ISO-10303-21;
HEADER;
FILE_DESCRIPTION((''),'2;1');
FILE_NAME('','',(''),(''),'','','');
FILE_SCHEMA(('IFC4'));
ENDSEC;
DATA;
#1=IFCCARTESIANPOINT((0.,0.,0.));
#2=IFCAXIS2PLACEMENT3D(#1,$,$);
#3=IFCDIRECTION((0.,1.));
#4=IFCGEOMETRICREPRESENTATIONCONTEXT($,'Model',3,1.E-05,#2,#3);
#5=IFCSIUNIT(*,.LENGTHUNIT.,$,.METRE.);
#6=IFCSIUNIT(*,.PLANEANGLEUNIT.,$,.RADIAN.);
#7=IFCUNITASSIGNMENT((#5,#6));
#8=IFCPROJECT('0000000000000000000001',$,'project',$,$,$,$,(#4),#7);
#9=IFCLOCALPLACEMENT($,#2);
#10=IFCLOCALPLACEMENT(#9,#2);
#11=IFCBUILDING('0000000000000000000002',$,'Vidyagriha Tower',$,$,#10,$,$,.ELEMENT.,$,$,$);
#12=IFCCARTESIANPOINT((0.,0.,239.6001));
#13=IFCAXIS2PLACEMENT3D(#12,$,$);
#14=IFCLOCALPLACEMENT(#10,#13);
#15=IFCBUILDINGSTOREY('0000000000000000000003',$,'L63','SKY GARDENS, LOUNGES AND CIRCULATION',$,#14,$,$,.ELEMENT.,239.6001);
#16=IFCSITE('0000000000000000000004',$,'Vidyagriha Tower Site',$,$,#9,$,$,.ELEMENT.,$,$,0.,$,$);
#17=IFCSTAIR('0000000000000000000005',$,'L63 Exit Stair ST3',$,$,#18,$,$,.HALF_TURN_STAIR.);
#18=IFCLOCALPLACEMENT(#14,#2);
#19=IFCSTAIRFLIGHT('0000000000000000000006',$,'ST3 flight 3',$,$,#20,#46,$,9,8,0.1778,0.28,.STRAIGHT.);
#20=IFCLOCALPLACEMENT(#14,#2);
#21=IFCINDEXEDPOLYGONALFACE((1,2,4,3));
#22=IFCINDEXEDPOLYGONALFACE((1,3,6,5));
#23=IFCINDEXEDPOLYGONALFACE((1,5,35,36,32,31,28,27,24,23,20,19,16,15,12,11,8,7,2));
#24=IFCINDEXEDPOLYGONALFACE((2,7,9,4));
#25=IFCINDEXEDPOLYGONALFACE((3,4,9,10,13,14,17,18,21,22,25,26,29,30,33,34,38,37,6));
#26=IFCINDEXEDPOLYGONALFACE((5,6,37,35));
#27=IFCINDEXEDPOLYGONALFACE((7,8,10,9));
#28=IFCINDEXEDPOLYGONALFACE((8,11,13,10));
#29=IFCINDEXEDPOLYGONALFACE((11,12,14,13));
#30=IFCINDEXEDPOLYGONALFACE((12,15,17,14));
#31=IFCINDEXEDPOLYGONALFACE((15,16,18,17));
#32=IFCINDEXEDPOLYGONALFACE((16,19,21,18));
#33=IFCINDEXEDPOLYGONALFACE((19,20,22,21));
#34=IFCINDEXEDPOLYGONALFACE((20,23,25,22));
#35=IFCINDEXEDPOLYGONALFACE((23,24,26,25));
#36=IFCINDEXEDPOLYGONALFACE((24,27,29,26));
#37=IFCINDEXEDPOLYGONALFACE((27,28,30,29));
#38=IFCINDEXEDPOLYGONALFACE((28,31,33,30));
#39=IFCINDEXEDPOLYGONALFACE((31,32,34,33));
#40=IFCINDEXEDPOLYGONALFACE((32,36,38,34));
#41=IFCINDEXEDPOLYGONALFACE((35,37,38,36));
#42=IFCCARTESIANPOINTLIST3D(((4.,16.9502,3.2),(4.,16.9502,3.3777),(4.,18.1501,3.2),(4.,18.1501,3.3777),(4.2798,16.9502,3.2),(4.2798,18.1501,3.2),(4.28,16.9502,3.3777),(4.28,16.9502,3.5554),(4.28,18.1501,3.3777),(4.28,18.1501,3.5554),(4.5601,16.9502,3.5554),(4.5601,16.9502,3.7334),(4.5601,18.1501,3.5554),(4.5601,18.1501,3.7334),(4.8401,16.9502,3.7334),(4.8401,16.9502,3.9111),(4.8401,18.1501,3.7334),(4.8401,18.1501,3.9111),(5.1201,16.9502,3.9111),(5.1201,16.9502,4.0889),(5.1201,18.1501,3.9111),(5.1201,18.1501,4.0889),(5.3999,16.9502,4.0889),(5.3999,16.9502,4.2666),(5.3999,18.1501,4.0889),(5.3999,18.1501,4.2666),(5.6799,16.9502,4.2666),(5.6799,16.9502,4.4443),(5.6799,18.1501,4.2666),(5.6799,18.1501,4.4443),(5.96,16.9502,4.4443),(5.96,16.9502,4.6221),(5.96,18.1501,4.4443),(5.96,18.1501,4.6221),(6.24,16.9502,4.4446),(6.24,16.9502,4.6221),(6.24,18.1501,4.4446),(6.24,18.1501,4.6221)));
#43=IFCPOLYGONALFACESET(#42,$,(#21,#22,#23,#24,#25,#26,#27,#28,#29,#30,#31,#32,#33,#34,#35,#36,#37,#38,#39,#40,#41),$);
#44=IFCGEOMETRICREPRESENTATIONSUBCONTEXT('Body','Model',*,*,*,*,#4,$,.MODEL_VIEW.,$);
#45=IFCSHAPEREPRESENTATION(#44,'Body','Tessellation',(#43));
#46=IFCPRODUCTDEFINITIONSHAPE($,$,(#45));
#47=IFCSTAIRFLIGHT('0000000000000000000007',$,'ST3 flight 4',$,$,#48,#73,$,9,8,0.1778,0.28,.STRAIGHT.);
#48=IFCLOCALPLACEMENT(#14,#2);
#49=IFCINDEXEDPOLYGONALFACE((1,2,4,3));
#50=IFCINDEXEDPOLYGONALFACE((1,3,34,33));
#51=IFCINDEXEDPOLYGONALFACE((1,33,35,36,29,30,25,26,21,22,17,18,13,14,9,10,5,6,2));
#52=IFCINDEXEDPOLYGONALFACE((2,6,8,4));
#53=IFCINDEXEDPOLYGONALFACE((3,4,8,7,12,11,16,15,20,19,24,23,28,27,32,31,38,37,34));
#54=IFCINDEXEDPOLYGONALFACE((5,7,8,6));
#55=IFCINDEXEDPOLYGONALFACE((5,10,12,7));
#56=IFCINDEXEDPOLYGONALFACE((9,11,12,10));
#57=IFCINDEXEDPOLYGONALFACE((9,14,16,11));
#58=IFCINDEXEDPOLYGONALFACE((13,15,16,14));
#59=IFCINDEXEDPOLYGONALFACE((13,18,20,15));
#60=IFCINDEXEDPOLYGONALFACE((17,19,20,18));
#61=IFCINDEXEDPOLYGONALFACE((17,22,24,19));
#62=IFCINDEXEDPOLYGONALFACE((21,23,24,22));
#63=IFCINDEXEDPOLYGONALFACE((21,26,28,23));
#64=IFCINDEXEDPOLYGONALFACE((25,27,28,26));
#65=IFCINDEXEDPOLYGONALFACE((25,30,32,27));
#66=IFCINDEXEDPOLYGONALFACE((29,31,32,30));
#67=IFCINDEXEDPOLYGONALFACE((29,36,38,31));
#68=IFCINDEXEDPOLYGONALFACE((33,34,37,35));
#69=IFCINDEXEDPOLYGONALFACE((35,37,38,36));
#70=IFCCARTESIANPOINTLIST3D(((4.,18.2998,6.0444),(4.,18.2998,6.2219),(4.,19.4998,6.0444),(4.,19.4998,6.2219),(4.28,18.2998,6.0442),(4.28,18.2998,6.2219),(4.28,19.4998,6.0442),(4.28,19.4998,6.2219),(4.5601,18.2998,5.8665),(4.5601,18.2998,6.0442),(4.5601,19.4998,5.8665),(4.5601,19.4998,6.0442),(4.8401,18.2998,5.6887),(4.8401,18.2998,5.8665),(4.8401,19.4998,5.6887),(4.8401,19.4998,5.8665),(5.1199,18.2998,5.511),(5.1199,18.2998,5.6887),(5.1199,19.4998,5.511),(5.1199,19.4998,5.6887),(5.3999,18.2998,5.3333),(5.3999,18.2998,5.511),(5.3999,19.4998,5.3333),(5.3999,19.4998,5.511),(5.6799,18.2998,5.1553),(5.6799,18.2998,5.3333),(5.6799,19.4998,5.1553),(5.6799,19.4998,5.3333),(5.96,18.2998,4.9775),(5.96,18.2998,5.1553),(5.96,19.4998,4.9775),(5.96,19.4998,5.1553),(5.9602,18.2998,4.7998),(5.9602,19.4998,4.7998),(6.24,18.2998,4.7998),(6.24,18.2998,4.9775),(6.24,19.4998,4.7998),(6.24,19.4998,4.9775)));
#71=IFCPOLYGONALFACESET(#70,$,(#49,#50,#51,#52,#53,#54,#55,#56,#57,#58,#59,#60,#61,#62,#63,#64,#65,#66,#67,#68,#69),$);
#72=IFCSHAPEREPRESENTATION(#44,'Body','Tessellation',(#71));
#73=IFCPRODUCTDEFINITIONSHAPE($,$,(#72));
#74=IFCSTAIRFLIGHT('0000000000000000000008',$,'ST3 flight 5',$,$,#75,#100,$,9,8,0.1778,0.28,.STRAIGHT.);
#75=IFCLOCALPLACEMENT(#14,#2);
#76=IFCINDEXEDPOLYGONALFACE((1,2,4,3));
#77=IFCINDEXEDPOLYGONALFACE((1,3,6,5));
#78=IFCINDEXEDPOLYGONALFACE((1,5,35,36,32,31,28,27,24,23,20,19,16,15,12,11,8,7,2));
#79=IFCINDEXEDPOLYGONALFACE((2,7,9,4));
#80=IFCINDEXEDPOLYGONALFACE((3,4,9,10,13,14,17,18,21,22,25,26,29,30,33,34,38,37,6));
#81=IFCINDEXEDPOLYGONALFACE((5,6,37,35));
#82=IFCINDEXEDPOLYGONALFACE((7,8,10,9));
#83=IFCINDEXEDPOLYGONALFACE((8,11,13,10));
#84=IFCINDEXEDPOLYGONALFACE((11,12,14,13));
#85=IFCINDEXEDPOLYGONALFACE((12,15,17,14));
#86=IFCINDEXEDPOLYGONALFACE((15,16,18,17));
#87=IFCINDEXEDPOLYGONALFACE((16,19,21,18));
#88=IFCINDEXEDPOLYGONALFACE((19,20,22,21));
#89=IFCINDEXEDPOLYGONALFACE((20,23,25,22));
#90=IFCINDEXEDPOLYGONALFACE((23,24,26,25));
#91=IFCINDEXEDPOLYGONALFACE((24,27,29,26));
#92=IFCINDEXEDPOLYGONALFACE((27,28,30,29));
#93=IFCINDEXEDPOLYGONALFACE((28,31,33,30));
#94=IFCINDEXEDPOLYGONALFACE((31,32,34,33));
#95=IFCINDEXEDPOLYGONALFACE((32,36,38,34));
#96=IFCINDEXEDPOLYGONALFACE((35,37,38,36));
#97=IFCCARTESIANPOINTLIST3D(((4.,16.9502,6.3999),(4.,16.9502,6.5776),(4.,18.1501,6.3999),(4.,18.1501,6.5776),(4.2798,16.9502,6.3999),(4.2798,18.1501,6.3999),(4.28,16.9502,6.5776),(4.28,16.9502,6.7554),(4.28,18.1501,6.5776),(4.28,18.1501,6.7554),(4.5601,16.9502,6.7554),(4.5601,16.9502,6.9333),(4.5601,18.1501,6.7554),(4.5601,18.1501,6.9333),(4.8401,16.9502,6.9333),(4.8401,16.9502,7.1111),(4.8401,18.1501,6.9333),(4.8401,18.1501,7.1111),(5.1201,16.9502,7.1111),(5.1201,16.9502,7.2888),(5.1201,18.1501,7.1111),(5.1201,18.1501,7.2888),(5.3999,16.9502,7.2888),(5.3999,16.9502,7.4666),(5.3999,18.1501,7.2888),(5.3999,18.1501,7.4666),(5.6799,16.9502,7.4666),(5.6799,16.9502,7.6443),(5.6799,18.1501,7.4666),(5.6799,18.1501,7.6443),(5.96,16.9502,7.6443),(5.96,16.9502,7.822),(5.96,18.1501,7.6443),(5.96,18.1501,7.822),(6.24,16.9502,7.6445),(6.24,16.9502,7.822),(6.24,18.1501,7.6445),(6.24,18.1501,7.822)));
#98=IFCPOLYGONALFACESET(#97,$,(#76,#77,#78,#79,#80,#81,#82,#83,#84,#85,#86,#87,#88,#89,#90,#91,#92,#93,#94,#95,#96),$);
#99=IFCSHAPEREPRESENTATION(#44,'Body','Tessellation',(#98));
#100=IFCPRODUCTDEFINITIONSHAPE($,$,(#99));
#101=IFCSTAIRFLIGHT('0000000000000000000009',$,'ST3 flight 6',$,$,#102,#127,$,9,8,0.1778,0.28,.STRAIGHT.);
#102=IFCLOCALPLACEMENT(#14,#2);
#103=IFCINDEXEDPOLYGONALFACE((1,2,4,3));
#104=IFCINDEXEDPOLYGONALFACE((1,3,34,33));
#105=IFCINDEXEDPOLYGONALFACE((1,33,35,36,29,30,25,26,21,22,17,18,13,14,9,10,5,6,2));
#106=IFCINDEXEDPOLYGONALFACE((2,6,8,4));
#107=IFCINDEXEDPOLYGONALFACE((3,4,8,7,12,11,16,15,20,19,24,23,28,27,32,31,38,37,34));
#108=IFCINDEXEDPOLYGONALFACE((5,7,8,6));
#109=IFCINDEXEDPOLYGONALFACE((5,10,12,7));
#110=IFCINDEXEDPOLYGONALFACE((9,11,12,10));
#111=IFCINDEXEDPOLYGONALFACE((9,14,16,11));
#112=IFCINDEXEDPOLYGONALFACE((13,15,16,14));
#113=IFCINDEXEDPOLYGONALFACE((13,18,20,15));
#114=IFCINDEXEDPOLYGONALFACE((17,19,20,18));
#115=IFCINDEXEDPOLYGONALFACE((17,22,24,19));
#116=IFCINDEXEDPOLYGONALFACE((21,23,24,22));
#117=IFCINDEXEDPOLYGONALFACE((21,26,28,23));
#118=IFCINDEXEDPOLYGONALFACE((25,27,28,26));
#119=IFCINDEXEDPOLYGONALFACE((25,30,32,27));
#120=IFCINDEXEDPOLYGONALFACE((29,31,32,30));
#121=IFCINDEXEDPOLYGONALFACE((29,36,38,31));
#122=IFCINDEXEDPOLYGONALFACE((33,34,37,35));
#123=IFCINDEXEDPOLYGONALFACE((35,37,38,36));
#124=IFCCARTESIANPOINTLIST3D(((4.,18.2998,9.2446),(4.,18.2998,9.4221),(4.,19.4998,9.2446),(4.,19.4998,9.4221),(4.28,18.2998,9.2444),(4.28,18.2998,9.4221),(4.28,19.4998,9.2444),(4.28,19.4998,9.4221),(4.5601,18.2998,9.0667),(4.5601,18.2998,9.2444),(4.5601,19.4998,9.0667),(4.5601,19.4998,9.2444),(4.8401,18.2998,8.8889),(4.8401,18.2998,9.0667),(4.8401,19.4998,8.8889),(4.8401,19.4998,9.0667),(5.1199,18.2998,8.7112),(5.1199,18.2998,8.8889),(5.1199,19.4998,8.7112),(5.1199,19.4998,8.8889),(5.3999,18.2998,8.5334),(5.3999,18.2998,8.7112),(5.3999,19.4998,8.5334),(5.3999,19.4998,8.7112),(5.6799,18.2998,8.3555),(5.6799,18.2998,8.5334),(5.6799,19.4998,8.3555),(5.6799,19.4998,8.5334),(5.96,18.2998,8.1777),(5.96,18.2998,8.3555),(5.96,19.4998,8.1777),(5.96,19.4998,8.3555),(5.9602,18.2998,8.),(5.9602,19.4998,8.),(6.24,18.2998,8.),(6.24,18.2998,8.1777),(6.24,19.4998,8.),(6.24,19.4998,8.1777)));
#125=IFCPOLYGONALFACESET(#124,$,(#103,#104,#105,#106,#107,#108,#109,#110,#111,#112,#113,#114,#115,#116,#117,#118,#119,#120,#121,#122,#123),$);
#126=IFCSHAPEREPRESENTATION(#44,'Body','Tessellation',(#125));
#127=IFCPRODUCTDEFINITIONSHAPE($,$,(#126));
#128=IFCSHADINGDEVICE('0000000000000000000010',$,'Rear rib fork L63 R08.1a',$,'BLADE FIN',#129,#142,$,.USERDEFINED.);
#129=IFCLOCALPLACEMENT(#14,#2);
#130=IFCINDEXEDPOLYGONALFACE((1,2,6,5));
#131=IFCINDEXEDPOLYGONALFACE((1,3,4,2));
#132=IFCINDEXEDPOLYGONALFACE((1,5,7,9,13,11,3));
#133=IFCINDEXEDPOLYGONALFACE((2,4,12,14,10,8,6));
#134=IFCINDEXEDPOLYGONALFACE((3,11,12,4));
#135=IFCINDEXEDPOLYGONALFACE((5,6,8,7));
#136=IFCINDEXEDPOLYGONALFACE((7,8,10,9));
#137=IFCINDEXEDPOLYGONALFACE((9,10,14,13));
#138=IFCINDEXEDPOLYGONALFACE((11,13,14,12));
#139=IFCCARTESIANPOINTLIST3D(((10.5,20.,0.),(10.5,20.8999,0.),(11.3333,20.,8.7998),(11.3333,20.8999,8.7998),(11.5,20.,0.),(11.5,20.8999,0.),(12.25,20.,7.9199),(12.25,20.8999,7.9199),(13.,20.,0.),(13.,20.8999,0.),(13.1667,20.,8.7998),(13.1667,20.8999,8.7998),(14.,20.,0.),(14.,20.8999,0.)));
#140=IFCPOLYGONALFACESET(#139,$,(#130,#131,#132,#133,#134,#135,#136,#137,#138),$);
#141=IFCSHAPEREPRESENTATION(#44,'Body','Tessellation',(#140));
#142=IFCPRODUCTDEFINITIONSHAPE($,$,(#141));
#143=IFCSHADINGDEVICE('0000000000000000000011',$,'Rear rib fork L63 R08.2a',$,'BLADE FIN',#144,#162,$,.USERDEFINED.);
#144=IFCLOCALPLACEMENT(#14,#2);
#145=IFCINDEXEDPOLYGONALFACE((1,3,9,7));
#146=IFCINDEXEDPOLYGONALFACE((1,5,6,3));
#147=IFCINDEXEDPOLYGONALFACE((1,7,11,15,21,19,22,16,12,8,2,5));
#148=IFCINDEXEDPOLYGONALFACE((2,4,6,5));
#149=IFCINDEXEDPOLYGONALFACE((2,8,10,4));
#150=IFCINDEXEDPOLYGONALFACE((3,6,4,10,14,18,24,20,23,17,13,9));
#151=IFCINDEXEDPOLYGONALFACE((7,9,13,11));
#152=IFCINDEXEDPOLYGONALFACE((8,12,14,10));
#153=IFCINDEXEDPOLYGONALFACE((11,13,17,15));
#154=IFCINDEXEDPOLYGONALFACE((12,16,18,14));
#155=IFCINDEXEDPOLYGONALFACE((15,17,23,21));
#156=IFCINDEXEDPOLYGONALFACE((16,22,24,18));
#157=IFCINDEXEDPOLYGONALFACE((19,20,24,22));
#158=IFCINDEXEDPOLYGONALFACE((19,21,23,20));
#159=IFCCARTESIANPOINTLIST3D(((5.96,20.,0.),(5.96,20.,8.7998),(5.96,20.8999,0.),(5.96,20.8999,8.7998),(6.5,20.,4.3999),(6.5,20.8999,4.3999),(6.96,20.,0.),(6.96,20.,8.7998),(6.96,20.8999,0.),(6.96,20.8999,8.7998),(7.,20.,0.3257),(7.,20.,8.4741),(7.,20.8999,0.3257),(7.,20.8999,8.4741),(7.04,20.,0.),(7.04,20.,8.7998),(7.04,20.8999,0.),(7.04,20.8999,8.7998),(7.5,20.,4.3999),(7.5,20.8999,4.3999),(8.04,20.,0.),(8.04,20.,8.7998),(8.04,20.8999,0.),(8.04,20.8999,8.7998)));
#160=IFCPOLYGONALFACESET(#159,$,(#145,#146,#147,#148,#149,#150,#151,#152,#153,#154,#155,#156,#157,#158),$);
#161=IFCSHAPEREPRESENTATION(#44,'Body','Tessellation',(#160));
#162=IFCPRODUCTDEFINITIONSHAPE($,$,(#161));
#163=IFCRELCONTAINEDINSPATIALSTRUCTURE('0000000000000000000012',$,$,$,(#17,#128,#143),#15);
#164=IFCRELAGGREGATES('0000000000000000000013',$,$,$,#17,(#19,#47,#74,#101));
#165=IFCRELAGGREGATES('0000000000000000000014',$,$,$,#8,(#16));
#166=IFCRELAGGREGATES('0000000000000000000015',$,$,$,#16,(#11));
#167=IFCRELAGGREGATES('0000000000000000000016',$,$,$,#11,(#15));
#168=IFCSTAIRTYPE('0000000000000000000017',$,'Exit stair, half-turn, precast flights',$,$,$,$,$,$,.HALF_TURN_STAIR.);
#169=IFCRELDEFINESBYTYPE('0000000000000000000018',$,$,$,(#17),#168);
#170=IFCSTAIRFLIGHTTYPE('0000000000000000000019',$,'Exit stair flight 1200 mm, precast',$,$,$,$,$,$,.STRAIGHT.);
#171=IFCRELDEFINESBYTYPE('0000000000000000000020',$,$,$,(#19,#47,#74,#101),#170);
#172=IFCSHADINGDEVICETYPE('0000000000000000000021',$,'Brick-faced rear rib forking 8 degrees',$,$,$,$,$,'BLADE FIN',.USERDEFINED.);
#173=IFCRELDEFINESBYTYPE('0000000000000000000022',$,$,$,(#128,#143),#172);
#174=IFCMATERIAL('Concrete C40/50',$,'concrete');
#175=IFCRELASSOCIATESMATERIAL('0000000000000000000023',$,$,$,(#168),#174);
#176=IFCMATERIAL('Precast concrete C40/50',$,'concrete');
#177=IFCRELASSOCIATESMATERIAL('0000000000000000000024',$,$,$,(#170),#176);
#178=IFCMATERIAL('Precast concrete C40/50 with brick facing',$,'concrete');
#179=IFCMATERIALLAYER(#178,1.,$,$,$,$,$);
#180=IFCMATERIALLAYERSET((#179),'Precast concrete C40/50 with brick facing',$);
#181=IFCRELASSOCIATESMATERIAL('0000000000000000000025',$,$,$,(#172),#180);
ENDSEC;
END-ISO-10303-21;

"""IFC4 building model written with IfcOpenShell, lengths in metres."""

from ifc_helpers import new_model, si_unit, direction, frame, origin, place, context, subcontext, project, spatial, polyline, outline, extrude, material, layer, layer_set, type_object, element, aggregate, save


model = new_model("IFC4")

# Units and contexts
model_context = context("Model", 3, precision=1e-05, world=origin(), true_north=direction((0.0, 1.0)))
body_context = subcontext(model_context, "Body", "Model", "MODEL_VIEW")
ifc_project = project(units=[si_unit("LENGTHUNIT", "METRE"), si_unit("PLANEANGLEUNIT", "RADIAN")], contexts=[model_context])

# Site, building, storey
site_placement = place(None, origin())
site = spatial("IfcSite", under=ifc_project, at=site_placement, Name="Vidyagriha Tower Site", CompositionType="ELEMENT", RefElevation=0.0)
building_placement = place(site_placement, origin())
building = spatial("IfcBuilding", under=site, at=building_placement, Name="Vidyagriha Tower", CompositionType="ELEMENT")
storey_placement = place(building_placement, frame((0.0, 0.0, 239.6001)))
storey = spatial("IfcBuildingStorey", under=building, at=storey_placement, Name="L63", Description="SKY GARDENS, LOUNGES AND CIRCULATION", CompositionType="ELEMENT", Elevation=239.6001)

# Stair, stair flights
ifc_material_1 = material(Name="Concrete C40/50", Category="concrete")
stair_type = type_object("IfcStairType", Name="Exit stair, half-turn, precast flights", PredefinedType="HALF_TURN_STAIR", material=ifc_material_1)
stair_placement = place(storey_placement, origin())
stair = element("IfcStair", 1, at=stair_placement, inside=storey, type_object=stair_type, Name="L63 Exit Stair ST3", PredefinedType="HALF_TURN_STAIR")
ifc_material_2 = material(Name="Precast concrete C40/50", Category="concrete")
stair_flight_type = type_object("IfcStairFlightType", Name="Exit stair flight 1200 mm, precast", PredefinedType="STRAIGHT", material=ifc_material_2)
stair_flight_1_placement = place(storey_placement, frame((4.0, 17.55, 3.2)))
stair_flight_1 = element("IfcStairFlight", 2, at=stair_flight_1_placement, type_object=stair_flight_type, Name="ST3 flight 3", NumberOfRisers=9, NumberOfTreads=8, PredefinedType="STRAIGHT", RiserHeight=0.1778, TreadLength=0.28, context=body_context, shape_type="SweptSolid", body=[
    extrude(outline(polyline([(0.0, 0.0), (0.0, 0.1777), (0.28, 0.1777), (0.28, 0.3555), (0.5601, 0.3555), (0.5601, 0.5334), (0.8401, 0.5334), (0.8401, 0.7112), (1.1201, 0.7112), (1.1201, 0.8889), (1.3999, 0.8889), (1.3999, 1.0667), (1.6799, 1.0667), (1.6799, 1.2444), (1.96, 1.2444), (1.96, 1.4221), (2.24, 1.4221), (2.24, 1.6001), (2.24, 1.2446), (0.2798, 0.0), (0.0, 0.0)])), frame((0.0, 0.6001, 0.0), z_axis=(0.0, -1.0, 0.0), x_axis=(1.0, 0.0, 0.0)), (0.0, 0.0, 1.0), 1.2),
])
stair_flight_2_placement = place(storey_placement, frame((6.24, 18.8999, 4.7998), z_axis=(0.0, 0.0, 1.0), x_axis=(-1.0, 0.0, 0.0)))
stair_flight_2 = element("IfcStairFlight", 3, at=stair_flight_2_placement, type_object=stair_flight_type, Name="ST3 flight 4", NumberOfRisers=9, NumberOfTreads=8, PredefinedType="STRAIGHT", RiserHeight=0.1778, TreadLength=0.28, context=body_context, shape_type="SweptSolid", body=[
    extrude(outline(polyline([(0.0, 0.0), (0.0, 0.1777), (0.28, 0.1777), (0.28, 0.3555), (0.5601, 0.3555), (0.5601, 0.5334), (0.8401, 0.5334), (0.8401, 0.7112), (1.1201, 0.7112), (1.1201, 0.8889), (1.3999, 0.8889), (1.3999, 1.0667), (1.6799, 1.0667), (1.6799, 1.2444), (1.96, 1.2444), (1.96, 1.4221), (2.24, 1.4221), (2.24, 1.6001), (2.24, 1.2446), (0.2798, 0.0), (0.0, 0.0)])), frame((0.0, 0.6001, 0.0), z_axis=(0.0, -1.0, 0.0), x_axis=(1.0, 0.0, 0.0)), (0.0, 0.0, 1.0), 1.2),
])
stair_flight_3_placement = place(storey_placement, frame((4.0, 17.55, 6.3999)))
stair_flight_3 = element("IfcStairFlight", 4, at=stair_flight_3_placement, type_object=stair_flight_type, Name="ST3 flight 5", NumberOfRisers=9, NumberOfTreads=8, PredefinedType="STRAIGHT", RiserHeight=0.1778, TreadLength=0.28, context=body_context, shape_type="SweptSolid", body=[
    extrude(outline(polyline([(0.0, 0.0), (0.0, 0.1777), (0.28, 0.1777), (0.28, 0.3555), (0.5601, 0.3555), (0.5601, 0.5334), (0.8401, 0.5334), (0.8401, 0.7112), (1.1201, 0.7112), (1.1201, 0.8889), (1.3999, 0.8889), (1.3999, 1.0667), (1.6799, 1.0667), (1.6799, 1.2444), (1.96, 1.2444), (1.96, 1.4221), (2.24, 1.4221), (2.24, 1.6001), (2.24, 1.2446), (0.2798, 0.0), (0.0, 0.0)])), frame((0.0, 0.6001, 0.0), z_axis=(0.0, -1.0, 0.0), x_axis=(1.0, 0.0, 0.0)), (0.0, 0.0, 1.0), 1.2),
])
stair_flight_4_placement = place(storey_placement, frame((6.24, 18.8999, 8.0), z_axis=(0.0, 0.0, 1.0), x_axis=(-1.0, 0.0, 0.0)))
stair_flight_4 = element("IfcStairFlight", 5, at=stair_flight_4_placement, type_object=stair_flight_type, Name="ST3 flight 6", NumberOfRisers=9, NumberOfTreads=8, PredefinedType="STRAIGHT", RiserHeight=0.1778, TreadLength=0.28, context=body_context, shape_type="SweptSolid", body=[
    extrude(outline(polyline([(0.0, 0.0), (0.0, 0.1777), (0.28, 0.1777), (0.28, 0.3555), (0.5601, 0.3555), (0.5601, 0.5334), (0.8401, 0.5334), (0.8401, 0.7112), (1.1201, 0.7112), (1.1201, 0.8889), (1.3999, 0.8889), (1.3999, 1.0667), (1.6799, 1.0667), (1.6799, 1.2444), (1.96, 1.2444), (1.96, 1.4221), (2.24, 1.4221), (2.24, 1.6001), (2.24, 1.2446), (0.2798, 0.0), (0.0, 0.0)])), frame((0.0, 0.6001, 0.0), z_axis=(0.0, -1.0, 0.0), x_axis=(1.0, 0.0, 0.0)), (0.0, 0.0, 1.0), 1.2),
])
aggregate(stair, [stair_flight_1, stair_flight_2, stair_flight_3, stair_flight_4])

# Shading devices
ifc_material_3 = material(Name="Precast concrete C40/50 with brick facing", Category="concrete")
ifc_layer_1 = layer(ifc_material_3, 1.0)
ifc_layer_set_1 = layer_set([ifc_layer_1], Name="Precast concrete C40/50 with brick facing")
shading_device_type = type_object("IfcShadingDeviceType", Name="Brick-faced rear rib forking 8 degrees", ElementType="BLADE FIN", PredefinedType="USERDEFINED", material=ifc_layer_set_1)
shading_device_1_placement = place(storey_placement, frame((14.0, 20.45, 0.0), z_axis=(0.0, 0.0, 1.0), x_axis=(-1.0, 0.0, 0.0)))
element("IfcShadingDevice", 6, at=shading_device_1_placement, inside=storey, type_object=shading_device_type, Name="Rear rib fork L63 R08.1a", ObjectType="BLADE FIN", PredefinedType="USERDEFINED", context=body_context, shape_type="SweptSolid", body=[
    extrude(outline(polyline([(1.0, 0.0), (1.75, 7.9199), (2.5, 0.0), (3.5, 0.0), (2.6667, 8.7998), (0.8333, 8.7998), (0.0, 0.0), (1.0, 0.0)])), frame((0.0, 0.45, 0.0), z_axis=(0.0, -1.0, 0.0), x_axis=(1.0, 0.0, 0.0)), (0.0, 0.0, 1.0), 0.8999),
])
shading_device_2_placement = place(storey_placement, frame((8.04, 20.45, 0.0), z_axis=(0.0, 0.0, 1.0), x_axis=(-1.0, 0.0, 0.0)))
element("IfcShadingDevice", 7, at=shading_device_2_placement, inside=storey, type_object=shading_device_type, Name="Rear rib fork L63 R08.2a", ObjectType="BLADE FIN", PredefinedType="USERDEFINED", context=body_context, shape_type="SweptSolid", body=[
    extrude(outline(polyline([(1.0, 0.0), (1.04, 0.3257), (1.0801, 0.0), (2.0801, 0.0), (1.54, 4.3999), (2.0801, 8.7998), (1.0801, 8.7998), (1.04, 8.4741), (1.0, 8.7998), (0.0, 8.7998), (0.54, 4.3999), (0.0, 0.0), (1.0, 0.0)])), frame((0.0, 0.45, 0.0), z_axis=(0.0, -1.0, 0.0), x_axis=(1.0, 0.0, 0.0)), (0.0, 0.0, 1.0), 0.8999),
])

save(model, "model.ifc")
